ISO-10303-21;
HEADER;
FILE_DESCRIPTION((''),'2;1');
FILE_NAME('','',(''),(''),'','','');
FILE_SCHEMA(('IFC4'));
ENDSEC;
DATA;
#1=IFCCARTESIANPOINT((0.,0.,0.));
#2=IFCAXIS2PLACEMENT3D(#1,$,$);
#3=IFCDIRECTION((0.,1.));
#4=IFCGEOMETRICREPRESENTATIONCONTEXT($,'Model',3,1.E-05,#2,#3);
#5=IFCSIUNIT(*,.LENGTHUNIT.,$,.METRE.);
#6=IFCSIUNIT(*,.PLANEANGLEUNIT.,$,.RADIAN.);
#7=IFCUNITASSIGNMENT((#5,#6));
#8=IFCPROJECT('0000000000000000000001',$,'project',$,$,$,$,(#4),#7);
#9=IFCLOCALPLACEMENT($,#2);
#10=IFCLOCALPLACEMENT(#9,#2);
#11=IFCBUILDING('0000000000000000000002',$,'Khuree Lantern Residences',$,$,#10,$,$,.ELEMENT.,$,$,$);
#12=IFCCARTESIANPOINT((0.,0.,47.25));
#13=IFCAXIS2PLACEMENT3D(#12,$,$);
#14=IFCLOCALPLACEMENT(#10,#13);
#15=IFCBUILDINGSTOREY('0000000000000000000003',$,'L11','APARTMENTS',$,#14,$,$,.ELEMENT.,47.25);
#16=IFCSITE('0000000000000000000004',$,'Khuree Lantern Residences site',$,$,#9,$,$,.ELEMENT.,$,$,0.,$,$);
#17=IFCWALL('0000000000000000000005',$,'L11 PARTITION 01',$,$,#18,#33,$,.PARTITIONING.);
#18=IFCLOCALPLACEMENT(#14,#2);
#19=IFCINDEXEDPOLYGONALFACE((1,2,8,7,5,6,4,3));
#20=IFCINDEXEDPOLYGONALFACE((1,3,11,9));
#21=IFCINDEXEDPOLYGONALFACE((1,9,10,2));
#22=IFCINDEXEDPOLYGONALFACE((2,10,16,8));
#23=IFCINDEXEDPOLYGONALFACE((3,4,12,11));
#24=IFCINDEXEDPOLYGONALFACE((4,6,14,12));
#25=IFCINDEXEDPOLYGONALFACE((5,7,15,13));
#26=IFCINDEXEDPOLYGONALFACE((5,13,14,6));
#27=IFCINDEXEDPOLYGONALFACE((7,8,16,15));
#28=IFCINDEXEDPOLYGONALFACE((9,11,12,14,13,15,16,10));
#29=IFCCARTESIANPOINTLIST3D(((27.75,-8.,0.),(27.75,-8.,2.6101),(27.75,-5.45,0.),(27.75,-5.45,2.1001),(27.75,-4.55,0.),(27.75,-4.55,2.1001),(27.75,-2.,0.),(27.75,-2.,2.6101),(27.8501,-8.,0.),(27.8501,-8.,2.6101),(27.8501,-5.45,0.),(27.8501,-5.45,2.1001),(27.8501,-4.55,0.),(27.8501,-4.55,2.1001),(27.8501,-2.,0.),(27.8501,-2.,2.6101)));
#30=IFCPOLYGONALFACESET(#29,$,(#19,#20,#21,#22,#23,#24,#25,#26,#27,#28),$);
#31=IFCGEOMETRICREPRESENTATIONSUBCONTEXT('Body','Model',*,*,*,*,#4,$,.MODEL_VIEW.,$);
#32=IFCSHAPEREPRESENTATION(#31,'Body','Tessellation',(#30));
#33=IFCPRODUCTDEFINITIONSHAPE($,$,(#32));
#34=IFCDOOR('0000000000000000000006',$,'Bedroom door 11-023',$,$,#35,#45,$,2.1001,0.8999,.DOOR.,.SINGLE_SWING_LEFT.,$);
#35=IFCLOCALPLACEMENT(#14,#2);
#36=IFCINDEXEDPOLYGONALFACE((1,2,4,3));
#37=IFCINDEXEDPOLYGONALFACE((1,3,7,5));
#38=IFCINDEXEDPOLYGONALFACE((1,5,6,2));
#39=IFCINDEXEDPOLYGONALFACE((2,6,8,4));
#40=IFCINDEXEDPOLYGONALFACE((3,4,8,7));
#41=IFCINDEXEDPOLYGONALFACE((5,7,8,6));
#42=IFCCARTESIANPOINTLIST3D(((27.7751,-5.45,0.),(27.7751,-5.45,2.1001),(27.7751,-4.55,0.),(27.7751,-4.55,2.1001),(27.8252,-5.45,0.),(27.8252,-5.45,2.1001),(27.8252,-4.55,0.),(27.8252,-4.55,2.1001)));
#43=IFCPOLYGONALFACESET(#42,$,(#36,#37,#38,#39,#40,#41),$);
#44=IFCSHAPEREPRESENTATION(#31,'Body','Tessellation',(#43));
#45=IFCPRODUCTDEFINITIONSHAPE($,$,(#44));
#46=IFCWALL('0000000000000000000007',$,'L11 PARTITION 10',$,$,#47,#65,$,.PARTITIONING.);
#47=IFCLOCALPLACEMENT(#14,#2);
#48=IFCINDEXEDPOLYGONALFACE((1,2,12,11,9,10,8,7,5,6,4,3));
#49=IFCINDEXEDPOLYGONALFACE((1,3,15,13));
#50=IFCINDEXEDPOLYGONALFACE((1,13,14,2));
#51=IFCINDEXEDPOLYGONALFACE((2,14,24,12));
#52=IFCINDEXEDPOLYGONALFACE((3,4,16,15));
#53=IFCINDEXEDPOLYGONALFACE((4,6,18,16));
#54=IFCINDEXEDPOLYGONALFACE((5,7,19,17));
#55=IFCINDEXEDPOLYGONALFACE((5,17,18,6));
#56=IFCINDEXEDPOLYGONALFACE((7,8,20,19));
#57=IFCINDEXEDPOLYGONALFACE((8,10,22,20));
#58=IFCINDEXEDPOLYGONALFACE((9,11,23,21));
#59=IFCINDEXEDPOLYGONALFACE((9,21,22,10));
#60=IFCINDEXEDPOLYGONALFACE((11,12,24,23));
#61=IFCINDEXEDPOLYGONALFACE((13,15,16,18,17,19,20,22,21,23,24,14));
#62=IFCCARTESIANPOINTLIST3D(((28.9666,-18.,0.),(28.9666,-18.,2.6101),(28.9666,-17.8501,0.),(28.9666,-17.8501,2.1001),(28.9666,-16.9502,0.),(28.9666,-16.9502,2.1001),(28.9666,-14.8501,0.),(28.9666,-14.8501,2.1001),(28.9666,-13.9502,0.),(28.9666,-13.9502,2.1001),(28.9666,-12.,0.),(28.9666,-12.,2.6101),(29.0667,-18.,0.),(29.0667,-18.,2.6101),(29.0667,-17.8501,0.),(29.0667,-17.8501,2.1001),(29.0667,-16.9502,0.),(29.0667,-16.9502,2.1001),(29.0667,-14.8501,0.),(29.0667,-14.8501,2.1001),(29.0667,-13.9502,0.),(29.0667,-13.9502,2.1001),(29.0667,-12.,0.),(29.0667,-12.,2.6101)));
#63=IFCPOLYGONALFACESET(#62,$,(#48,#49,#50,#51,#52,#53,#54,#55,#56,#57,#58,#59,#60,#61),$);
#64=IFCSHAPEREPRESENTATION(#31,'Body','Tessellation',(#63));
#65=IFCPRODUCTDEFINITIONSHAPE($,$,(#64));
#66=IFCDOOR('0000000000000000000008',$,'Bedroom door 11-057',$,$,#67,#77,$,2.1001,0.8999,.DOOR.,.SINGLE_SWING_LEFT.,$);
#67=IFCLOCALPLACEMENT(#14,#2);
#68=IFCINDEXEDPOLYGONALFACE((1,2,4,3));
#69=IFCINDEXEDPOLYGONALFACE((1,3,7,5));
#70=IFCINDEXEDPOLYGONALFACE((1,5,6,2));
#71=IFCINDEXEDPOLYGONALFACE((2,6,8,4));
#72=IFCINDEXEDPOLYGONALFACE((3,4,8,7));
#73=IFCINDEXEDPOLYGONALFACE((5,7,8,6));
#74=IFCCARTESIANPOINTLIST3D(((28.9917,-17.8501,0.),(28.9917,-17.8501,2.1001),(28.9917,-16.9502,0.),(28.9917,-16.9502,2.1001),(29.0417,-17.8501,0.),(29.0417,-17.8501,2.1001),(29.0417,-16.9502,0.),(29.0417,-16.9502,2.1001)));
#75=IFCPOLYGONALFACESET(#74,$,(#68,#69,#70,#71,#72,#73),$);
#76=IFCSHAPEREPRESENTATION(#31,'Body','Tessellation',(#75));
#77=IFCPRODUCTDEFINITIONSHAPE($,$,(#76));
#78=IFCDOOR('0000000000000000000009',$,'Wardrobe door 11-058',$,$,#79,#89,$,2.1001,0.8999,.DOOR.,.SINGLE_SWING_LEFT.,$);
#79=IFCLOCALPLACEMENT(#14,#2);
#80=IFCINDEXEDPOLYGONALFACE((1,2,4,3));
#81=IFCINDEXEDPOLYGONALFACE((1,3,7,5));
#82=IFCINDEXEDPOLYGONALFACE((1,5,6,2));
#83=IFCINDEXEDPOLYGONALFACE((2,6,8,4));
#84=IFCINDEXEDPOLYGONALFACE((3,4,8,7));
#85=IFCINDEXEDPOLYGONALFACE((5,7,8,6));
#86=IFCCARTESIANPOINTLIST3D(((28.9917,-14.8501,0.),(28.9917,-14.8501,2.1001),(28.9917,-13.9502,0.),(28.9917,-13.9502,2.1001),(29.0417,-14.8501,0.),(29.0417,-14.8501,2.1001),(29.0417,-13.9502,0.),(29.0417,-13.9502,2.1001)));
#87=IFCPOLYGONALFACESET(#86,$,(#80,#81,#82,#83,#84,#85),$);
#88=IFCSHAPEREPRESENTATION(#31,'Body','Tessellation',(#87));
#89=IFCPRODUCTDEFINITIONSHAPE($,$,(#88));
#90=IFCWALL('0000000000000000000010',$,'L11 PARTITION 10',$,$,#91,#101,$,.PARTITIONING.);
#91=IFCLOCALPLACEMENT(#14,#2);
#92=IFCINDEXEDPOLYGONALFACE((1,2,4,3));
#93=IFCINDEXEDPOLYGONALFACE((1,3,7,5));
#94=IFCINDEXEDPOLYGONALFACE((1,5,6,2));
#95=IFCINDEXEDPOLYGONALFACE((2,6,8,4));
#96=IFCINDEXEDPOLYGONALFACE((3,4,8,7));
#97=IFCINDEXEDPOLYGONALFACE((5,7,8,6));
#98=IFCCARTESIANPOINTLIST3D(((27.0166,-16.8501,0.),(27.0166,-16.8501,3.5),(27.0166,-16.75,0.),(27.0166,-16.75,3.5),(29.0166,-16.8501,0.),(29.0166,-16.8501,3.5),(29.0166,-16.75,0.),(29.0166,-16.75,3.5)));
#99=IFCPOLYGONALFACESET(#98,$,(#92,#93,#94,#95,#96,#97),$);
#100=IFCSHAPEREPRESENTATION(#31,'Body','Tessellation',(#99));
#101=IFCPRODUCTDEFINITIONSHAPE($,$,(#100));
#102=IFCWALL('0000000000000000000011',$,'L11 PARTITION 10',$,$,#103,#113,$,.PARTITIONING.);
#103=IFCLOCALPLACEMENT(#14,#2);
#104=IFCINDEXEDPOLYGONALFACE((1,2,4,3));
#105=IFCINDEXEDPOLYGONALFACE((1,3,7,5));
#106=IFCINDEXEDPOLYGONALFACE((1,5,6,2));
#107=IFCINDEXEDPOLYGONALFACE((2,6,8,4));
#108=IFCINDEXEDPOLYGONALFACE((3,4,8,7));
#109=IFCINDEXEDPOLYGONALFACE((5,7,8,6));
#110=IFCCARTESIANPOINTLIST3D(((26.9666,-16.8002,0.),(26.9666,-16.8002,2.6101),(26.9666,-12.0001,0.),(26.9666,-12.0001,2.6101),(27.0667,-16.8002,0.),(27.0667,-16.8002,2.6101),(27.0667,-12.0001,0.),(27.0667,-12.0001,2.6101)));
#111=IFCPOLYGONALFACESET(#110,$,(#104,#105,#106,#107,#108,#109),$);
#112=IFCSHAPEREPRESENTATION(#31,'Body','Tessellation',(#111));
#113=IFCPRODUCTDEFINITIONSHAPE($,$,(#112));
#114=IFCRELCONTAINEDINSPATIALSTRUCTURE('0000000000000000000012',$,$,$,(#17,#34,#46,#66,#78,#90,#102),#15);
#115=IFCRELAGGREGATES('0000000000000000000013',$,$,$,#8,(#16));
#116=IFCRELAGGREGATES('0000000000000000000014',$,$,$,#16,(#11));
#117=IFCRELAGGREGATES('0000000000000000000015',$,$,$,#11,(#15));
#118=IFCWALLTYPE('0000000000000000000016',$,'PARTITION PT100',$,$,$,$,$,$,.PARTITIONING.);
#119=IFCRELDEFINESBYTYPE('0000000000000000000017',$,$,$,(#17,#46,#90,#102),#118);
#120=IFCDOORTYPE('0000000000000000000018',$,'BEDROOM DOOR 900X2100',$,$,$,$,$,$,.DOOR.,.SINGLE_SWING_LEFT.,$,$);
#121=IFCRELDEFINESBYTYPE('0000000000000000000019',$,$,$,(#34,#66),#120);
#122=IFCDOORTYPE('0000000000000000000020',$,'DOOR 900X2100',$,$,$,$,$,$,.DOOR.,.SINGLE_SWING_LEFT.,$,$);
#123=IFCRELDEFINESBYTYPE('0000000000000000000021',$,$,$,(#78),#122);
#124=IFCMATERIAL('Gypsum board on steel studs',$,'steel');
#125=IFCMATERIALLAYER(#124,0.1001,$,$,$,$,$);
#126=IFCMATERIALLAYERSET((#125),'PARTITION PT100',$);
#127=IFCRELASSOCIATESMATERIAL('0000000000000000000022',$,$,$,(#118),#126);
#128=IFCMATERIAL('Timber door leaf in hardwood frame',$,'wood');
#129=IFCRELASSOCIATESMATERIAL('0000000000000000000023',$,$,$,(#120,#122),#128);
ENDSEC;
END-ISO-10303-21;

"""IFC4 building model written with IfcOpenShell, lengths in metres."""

from ifc_helpers import new_model, si_unit, direction, frame, frame_2d, origin, place, context, subcontext, project, spatial, rectangle, extrude, material, layer, layer_set, type_object, element, fill, save


model = new_model("IFC4")

# Units and contexts
model_context = context("Model", 3, precision=1e-05, world=origin(), true_north=direction((0.0, 1.0)))
body_context = subcontext(model_context, "Body", "Model", "MODEL_VIEW")
ifc_project = project(units=[si_unit("LENGTHUNIT", "METRE"), si_unit("PLANEANGLEUNIT", "RADIAN")], contexts=[model_context])

# Site, building, storey
site_placement = place(None, origin())
site = spatial("IfcSite", under=ifc_project, at=site_placement, Name="Khuree Lantern Residences site", CompositionType="ELEMENT", RefElevation=0.0)
building_placement = place(site_placement, origin())
building = spatial("IfcBuilding", under=site, at=building_placement, Name="Khuree Lantern Residences", CompositionType="ELEMENT")
storey_placement = place(building_placement, frame((0.0, 0.0, 47.25)))
storey = spatial("IfcBuildingStorey", under=building, at=storey_placement, Name="L11", Description="APARTMENTS", CompositionType="ELEMENT", Elevation=47.25)

# Shared definitions
ifc_material_1 = material(Name="Timber door leaf in hardwood frame", Category="wood")

# Shared definitions
ifc_material_2 = material(Name="Gypsum board on steel studs", Category="steel")
ifc_layer_1 = layer(ifc_material_2, 0.1001)
ifc_layer_set_1 = layer_set([ifc_layer_1], Name="PARTITION PT100")
wall_type_1 = type_object("IfcWallType", Name="PARTITION PT100", PredefinedType="PARTITIONING", material=ifc_layer_set_1)

# Wall, opening, door
wall_1_placement = place(storey_placement, frame((27.8, -8.0, 0.0), z_axis=(0.0, 0.0, 1.0), x_axis=(0.0, 1.0, 0.0)))
wall_1 = element("IfcWall", 1, at=wall_1_placement, inside=storey, type_object=wall_type_1, Name="L11 PARTITION 01", PredefinedType="PARTITIONING", context=body_context, shape_type="SweptSolid", body=[
    extrude(rectangle(XDim=6.0, YDim=0.1001, at=frame_2d((3.0, 0.0))), origin(), (0.0, 0.0, 1.0), 2.6101),
])
opening_1_placement = place(wall_1_placement, frame((2.55, 0.0, 0.0)))
opening_1 = element("IfcOpeningElement", 2, at=opening_1_placement, cuts=wall_1, PredefinedType="OPENING", context=body_context, shape_type="SweptSolid", body=[
    extrude(rectangle(XDim=0.8999, YDim=2.1001, at=frame_2d((0.45, 1.05))), frame((0.0, 0.0601, 0.0), z_axis=(0.0, -1.0, 0.0), x_axis=(1.0, 0.0, 0.0)), (0.0, 0.0, 1.0), 0.1201),
])
door_type_1 = type_object("IfcDoorType", Name="BEDROOM DOOR 900X2100", OperationType="SINGLE_SWING_LEFT", PredefinedType="DOOR", material=ifc_material_1)
door_1_placement = place(opening_1_placement, origin())
door_1 = element("IfcDoor", 3, at=door_1_placement, inside=storey, type_object=door_type_1, Name="Bedroom door 11-023", OperationType="SINGLE_SWING_LEFT", OverallHeight=2.1001, OverallWidth=0.8999, PredefinedType="DOOR", context=body_context, shape_type="SweptSolid", body=[
    extrude(rectangle(XDim=0.8999, YDim=2.1001, at=frame_2d((0.45, 1.05))), frame((0.0, 0.0249, 0.0), z_axis=(0.0, -1.0, 0.0), x_axis=(1.0, 0.0, 0.0)), (0.0, 0.0, 1.0), 0.05),
])
fill(opening_1, door_1)

# Wall, openings, doors
wall_2_placement = place(storey_placement, frame((29.0166, -18.0, 0.0), z_axis=(0.0, 0.0, 1.0), x_axis=(0.0, 1.0, 0.0)))
wall_2 = element("IfcWall", 4, at=wall_2_placement, inside=storey, type_object=wall_type_1, Name="L11 PARTITION 10", PredefinedType="PARTITIONING", context=body_context, shape_type="SweptSolid", body=[
    extrude(rectangle(XDim=6.0, YDim=0.1001, at=frame_2d((3.0, 0.0))), origin(), (0.0, 0.0, 1.0), 2.6101),
])
opening_2_placement = place(wall_2_placement, frame((0.1499, 0.0, 0.0)))
opening_2 = element("IfcOpeningElement", 5, at=opening_2_placement, cuts=wall_2, PredefinedType="OPENING", context=body_context, shape_type="SweptSolid", body=[
    extrude(rectangle(XDim=0.8999, YDim=2.1001, at=frame_2d((0.45, 1.05))), frame((0.0, 0.0601, 0.0), z_axis=(0.0, -1.0, 0.0), x_axis=(1.0, 0.0, 0.0)), (0.0, 0.0, 1.0), 0.1201),
])
opening_3_placement = place(wall_2_placement, frame((3.1499, 0.0, 0.0)))
opening_3 = element("IfcOpeningElement", 6, at=opening_3_placement, cuts=wall_2, PredefinedType="OPENING", context=body_context, shape_type="SweptSolid", body=[
    extrude(rectangle(XDim=0.8999, YDim=2.1001, at=frame_2d((0.45, 1.05))), frame((0.0, 0.0601, 0.0), z_axis=(0.0, -1.0, 0.0), x_axis=(1.0, 0.0, 0.0)), (0.0, 0.0, 1.0), 0.1201),
])
door_2_placement = place(opening_2_placement, origin())
door_2 = element("IfcDoor", 7, at=door_2_placement, inside=storey, type_object=door_type_1, Name="Bedroom door 11-057", OperationType="SINGLE_SWING_LEFT", OverallHeight=2.1001, OverallWidth=0.8999, PredefinedType="DOOR", context=body_context, shape_type="SweptSolid", body=[
    extrude(rectangle(XDim=0.8999, YDim=2.1001, at=frame_2d((0.45, 1.05))), frame((0.0, 0.0249, 0.0), z_axis=(0.0, -1.0, 0.0), x_axis=(1.0, 0.0, 0.0)), (0.0, 0.0, 1.0), 0.05),
])
fill(opening_2, door_2)
door_type_2 = type_object("IfcDoorType", Name="DOOR 900X2100", OperationType="SINGLE_SWING_LEFT", PredefinedType="DOOR", material=ifc_material_1)
door_3_placement = place(opening_3_placement, origin())
door_3 = element("IfcDoor", 8, at=door_3_placement, inside=storey, type_object=door_type_2, Name="Wardrobe door 11-058", OperationType="SINGLE_SWING_LEFT", OverallHeight=2.1001, OverallWidth=0.8999, PredefinedType="DOOR", context=body_context, shape_type="SweptSolid", body=[
    extrude(rectangle(XDim=0.8999, YDim=2.1001, at=frame_2d((0.45, 1.05))), frame((0.0, 0.0249, 0.0), z_axis=(0.0, -1.0, 0.0), x_axis=(1.0, 0.0, 0.0)), (0.0, 0.0, 1.0), 0.05),
])
fill(opening_3, door_3)

# Walls
wall_3_placement = place(storey_placement, frame((27.0166, -16.8, 0.0), z_axis=(0.0, 0.0, 1.0), x_axis=(1.0, 0.0, 0.0)))
element("IfcWall", 9, at=wall_3_placement, inside=storey, type_object=wall_type_1, Name="L11 PARTITION 10", PredefinedType="PARTITIONING", context=body_context, shape_type="SweptSolid", body=[
    extrude(rectangle(XDim=2.0, YDim=0.1001, at=frame_2d((1.0, 0.0))), origin(), (0.0, 0.0, 1.0), 3.5),
])
wall_4_placement = place(storey_placement, frame((27.0166, -16.8, 0.0), z_axis=(0.0, 0.0, 1.0), x_axis=(0.0, 1.0, 0.0)))
element("IfcWall", 10, at=wall_4_placement, inside=storey, type_object=wall_type_1, Name="L11 PARTITION 10", PredefinedType="PARTITIONING", context=body_context, shape_type="SweptSolid", body=[
    extrude(rectangle(XDim=4.8, YDim=0.1001, at=frame_2d((2.3999, 0.0))), origin(), (0.0, 0.0, 1.0), 2.6101),
])

save(model, "model.ifc")
